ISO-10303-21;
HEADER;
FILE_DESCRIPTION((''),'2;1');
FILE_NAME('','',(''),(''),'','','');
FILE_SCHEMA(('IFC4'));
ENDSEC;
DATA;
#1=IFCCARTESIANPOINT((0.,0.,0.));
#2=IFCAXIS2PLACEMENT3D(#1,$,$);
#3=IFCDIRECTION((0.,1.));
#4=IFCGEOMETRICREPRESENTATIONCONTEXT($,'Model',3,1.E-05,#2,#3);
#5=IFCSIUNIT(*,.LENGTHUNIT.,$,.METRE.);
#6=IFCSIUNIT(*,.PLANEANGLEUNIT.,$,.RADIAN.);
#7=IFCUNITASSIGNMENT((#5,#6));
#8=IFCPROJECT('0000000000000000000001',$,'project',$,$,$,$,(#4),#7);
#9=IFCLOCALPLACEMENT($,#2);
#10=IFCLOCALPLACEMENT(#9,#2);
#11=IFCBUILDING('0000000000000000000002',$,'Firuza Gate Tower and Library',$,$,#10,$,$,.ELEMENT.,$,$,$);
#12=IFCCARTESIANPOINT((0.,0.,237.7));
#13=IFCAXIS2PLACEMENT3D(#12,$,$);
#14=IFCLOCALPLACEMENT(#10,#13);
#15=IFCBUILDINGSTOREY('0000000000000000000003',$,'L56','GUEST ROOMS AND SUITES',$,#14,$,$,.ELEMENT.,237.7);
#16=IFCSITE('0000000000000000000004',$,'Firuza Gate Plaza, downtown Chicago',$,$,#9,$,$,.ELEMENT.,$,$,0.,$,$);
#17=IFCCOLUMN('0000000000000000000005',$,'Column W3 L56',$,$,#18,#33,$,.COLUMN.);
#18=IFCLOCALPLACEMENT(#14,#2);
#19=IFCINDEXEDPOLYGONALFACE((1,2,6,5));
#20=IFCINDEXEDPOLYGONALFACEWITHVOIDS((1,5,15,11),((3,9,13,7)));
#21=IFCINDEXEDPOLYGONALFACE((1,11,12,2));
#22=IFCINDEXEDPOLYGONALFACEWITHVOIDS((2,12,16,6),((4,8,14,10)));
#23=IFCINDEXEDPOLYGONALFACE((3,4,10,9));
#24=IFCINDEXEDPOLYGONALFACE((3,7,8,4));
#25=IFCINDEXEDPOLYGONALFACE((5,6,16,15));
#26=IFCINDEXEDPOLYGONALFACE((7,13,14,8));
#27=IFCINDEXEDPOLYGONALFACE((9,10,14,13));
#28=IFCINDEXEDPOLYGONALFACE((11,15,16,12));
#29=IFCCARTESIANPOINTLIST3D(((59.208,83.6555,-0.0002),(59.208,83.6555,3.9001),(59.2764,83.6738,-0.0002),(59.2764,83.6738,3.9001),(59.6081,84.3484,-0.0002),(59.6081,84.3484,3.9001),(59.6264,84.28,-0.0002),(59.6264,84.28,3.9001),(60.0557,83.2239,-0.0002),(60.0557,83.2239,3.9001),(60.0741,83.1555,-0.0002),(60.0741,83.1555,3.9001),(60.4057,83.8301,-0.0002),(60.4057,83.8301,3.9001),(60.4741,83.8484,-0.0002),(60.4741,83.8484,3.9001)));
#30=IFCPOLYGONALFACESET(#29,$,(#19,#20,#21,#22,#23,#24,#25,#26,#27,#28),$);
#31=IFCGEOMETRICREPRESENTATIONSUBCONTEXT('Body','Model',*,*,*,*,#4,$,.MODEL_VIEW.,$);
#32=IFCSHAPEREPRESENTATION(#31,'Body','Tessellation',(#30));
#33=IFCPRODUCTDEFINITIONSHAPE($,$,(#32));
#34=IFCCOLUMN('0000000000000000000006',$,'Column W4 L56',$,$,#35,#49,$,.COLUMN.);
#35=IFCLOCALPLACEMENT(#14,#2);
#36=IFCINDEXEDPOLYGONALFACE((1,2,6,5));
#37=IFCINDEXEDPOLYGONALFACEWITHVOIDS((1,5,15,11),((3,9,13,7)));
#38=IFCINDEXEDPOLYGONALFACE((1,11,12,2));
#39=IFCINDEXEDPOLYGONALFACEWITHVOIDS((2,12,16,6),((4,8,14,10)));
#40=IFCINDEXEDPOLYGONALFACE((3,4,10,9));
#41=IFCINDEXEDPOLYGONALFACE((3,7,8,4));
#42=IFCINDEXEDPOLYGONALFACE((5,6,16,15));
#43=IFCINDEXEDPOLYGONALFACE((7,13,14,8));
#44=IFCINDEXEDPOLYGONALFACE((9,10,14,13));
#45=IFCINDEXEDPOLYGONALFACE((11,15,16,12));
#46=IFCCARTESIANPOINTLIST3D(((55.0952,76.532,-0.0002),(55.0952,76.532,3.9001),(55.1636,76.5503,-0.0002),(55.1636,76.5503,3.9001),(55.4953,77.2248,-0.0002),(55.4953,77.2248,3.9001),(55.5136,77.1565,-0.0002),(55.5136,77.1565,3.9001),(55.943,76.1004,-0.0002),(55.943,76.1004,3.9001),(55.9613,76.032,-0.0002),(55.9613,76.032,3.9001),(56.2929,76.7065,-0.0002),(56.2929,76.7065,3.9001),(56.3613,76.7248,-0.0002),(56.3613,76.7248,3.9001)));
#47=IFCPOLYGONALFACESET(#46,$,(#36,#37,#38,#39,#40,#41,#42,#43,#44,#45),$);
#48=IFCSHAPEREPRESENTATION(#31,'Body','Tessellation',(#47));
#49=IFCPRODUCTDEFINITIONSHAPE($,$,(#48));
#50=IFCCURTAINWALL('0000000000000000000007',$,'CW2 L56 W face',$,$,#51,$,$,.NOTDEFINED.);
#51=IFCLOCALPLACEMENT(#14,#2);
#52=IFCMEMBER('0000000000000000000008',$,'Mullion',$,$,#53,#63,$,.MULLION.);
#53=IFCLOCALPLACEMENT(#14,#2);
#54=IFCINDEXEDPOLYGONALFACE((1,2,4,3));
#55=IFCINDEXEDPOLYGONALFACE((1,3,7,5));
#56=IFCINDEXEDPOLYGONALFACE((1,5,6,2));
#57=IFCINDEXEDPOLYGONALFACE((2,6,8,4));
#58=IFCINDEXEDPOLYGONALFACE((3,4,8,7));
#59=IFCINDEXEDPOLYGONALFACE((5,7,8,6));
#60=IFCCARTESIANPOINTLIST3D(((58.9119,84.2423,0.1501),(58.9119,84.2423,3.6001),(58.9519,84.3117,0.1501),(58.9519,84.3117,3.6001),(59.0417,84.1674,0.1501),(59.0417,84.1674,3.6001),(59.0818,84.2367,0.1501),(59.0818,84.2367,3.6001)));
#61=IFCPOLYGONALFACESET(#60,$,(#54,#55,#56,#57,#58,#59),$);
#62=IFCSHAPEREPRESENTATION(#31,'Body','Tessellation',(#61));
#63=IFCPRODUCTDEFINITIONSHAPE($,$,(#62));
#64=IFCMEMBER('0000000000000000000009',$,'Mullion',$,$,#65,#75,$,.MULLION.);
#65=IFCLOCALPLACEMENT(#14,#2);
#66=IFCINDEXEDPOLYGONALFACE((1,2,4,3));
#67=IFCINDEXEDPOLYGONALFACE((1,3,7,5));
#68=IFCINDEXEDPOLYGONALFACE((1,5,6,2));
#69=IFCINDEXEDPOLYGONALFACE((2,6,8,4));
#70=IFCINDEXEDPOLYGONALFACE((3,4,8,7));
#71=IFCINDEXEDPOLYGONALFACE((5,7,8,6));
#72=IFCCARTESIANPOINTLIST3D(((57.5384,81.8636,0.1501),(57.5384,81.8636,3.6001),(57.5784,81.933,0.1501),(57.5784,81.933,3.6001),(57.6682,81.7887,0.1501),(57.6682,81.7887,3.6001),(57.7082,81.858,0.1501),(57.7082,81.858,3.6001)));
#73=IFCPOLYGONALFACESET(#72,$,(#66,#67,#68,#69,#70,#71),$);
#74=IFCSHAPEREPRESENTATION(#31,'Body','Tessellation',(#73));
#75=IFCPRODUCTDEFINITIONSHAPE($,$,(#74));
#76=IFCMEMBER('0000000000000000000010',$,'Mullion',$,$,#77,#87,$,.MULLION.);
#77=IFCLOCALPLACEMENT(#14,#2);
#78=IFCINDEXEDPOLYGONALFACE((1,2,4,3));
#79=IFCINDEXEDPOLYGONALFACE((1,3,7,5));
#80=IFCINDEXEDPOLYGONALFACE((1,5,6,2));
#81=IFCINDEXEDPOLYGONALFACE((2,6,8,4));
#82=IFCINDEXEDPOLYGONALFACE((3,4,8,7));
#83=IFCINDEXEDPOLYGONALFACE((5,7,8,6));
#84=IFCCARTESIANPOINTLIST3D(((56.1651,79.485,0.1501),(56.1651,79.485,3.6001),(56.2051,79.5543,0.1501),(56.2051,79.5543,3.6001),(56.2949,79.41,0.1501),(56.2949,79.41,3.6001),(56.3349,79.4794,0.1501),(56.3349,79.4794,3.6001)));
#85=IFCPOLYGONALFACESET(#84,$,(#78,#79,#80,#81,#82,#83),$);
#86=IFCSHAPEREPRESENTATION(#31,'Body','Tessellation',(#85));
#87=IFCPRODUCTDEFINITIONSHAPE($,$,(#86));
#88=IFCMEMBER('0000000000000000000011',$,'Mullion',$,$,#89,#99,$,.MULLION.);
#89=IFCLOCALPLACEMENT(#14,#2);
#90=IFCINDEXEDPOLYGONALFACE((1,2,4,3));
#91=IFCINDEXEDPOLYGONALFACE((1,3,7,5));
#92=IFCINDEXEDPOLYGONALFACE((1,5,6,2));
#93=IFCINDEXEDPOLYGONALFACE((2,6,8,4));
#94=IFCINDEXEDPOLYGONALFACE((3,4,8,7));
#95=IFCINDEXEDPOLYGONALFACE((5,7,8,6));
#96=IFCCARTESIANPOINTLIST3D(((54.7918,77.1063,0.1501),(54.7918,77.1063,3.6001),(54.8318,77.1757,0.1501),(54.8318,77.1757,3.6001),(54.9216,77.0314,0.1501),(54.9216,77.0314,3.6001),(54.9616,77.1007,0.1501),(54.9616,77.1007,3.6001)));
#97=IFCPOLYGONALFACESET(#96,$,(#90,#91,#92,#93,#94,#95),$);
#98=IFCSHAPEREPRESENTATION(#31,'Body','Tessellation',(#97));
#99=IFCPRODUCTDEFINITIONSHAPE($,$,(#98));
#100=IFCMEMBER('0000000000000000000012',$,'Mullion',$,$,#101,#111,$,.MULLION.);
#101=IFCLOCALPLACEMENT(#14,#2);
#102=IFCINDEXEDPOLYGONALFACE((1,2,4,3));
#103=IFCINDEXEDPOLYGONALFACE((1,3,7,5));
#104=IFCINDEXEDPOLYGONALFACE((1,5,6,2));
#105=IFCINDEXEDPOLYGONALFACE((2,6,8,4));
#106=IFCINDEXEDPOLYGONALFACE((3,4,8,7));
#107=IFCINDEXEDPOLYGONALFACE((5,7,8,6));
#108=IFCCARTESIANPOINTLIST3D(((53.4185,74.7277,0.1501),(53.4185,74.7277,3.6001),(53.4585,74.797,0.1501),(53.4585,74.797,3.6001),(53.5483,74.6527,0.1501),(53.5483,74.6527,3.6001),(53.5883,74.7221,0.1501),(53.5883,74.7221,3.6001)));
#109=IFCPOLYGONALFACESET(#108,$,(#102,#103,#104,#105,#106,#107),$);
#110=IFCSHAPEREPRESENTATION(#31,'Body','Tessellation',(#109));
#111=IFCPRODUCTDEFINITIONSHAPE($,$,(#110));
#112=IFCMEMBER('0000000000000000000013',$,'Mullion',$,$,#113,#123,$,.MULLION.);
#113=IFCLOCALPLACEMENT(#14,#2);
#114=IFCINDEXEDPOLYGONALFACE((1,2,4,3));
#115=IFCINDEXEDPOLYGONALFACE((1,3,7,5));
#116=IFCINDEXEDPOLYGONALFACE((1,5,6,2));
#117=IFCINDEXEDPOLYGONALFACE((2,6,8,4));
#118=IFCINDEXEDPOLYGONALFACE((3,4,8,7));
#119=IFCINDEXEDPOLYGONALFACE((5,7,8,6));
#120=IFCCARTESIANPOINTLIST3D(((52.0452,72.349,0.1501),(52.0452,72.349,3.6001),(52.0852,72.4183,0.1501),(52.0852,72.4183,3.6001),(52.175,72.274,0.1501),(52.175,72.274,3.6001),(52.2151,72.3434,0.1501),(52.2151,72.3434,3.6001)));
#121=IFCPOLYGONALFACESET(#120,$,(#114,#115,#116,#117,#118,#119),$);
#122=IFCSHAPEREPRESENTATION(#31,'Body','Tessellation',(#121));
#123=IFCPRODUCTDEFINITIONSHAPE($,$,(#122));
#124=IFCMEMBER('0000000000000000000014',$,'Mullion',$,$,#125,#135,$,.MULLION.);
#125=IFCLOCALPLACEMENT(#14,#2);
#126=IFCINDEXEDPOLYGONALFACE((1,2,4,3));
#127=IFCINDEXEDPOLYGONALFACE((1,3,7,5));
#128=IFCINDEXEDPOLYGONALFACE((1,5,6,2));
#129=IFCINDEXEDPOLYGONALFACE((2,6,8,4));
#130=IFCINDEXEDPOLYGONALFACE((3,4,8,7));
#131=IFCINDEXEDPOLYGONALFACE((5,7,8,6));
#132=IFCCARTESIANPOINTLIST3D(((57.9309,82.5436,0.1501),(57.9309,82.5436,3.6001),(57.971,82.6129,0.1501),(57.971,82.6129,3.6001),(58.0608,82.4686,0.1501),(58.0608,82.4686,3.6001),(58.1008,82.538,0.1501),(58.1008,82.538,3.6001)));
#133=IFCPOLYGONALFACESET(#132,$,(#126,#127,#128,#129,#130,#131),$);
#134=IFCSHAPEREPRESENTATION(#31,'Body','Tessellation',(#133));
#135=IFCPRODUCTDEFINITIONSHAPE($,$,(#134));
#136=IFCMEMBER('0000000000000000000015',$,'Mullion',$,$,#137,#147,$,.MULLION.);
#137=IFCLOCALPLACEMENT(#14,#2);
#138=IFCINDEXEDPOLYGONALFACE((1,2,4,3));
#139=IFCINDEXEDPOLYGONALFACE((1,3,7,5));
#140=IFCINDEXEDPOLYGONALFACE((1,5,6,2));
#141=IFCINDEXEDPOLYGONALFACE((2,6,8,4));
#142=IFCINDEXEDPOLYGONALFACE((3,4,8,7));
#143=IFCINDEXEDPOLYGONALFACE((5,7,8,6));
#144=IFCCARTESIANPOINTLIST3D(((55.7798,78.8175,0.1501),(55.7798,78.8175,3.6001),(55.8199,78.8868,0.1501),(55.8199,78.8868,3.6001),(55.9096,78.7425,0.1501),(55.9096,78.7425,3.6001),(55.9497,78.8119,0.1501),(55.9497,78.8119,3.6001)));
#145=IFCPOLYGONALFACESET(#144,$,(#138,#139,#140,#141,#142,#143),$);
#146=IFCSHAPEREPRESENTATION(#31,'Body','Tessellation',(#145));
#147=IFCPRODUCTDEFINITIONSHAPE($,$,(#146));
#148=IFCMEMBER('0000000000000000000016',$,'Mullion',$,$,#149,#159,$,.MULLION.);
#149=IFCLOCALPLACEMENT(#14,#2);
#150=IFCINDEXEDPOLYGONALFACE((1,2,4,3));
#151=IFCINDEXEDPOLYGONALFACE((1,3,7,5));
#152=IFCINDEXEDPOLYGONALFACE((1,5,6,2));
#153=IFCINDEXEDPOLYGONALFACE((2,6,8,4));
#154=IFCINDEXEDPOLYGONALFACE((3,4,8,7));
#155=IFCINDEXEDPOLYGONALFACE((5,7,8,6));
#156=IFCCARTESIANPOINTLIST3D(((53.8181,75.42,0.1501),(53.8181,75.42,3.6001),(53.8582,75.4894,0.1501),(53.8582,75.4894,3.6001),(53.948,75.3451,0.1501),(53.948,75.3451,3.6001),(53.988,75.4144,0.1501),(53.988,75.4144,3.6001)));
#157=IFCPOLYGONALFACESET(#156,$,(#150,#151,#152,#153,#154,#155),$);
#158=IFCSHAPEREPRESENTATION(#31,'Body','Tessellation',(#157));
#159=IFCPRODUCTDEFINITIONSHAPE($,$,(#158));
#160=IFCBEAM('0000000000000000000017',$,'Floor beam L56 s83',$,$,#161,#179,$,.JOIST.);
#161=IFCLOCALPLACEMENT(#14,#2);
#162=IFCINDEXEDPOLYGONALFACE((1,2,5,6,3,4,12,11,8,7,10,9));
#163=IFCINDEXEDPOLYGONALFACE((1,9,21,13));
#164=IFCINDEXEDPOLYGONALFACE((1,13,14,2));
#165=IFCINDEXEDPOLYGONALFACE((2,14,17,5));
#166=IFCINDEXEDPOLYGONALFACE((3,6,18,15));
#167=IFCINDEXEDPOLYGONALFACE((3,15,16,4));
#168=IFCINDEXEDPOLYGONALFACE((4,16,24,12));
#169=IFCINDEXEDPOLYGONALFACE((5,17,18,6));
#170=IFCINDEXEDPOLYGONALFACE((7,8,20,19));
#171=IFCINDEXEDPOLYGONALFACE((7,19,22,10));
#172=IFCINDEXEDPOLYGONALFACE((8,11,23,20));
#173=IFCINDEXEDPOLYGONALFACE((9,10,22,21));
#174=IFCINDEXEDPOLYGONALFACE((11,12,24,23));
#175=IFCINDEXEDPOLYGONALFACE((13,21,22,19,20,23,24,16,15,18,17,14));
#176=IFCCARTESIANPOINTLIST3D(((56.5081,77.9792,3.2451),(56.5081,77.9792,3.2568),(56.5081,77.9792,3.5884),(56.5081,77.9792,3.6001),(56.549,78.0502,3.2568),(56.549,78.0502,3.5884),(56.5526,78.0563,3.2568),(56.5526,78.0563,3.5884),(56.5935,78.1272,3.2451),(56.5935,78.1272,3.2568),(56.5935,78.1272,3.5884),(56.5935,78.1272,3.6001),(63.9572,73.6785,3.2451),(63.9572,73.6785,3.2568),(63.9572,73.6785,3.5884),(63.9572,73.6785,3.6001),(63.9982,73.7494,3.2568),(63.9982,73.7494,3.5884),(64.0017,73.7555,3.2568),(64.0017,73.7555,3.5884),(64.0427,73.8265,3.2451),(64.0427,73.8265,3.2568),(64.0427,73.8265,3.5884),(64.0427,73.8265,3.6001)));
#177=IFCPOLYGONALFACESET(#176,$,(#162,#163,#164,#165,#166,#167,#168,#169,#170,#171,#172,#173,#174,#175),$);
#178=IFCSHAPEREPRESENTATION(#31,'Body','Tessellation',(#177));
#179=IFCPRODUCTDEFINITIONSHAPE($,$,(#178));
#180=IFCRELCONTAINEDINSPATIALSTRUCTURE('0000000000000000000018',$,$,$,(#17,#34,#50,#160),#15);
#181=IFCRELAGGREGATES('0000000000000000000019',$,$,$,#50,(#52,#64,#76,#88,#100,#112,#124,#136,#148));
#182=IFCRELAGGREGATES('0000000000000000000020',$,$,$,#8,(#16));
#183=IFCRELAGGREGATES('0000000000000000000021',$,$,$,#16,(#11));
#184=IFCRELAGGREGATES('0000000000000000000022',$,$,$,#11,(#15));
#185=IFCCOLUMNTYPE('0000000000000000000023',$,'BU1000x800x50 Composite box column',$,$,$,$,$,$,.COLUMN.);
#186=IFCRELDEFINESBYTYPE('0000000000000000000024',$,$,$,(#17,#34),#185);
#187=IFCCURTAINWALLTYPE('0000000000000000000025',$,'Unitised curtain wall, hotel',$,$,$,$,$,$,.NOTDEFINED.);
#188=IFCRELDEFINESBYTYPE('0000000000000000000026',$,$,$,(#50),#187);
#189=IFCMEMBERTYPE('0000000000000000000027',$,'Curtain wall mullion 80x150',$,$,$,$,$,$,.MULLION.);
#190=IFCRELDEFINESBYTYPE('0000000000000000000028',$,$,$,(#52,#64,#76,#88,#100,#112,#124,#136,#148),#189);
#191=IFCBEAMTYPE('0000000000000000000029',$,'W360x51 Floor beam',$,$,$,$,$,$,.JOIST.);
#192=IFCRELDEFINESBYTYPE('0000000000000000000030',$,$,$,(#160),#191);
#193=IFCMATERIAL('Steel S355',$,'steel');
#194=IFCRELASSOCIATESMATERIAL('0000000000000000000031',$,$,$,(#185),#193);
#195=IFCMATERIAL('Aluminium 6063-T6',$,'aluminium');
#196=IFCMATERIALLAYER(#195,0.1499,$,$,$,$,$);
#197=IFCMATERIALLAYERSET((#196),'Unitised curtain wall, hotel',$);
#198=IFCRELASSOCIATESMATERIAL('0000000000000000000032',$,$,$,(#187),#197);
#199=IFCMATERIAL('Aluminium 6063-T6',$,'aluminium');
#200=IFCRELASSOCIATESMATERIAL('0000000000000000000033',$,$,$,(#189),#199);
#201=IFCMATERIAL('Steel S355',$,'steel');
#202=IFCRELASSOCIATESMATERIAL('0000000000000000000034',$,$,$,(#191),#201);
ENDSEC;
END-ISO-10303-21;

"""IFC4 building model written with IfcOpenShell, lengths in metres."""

from ifc_helpers import new_model, si_unit, direction, frame, origin, origin_2d, place, context, subcontext, project, spatial, rectangle, hollow_rectangle, i_section, extrude, material, layer, layer_set, material_profile, profile_set, type_object, element, aggregate, save


model = new_model("IFC4")

# Units and contexts
model_context = context("Model", 3, precision=1e-05, world=origin(), true_north=direction((0.0, 1.0)))
body_context = subcontext(model_context, "Body", "Model", "MODEL_VIEW")
ifc_project = project(units=[si_unit("LENGTHUNIT", "METRE"), si_unit("PLANEANGLEUNIT", "RADIAN")], contexts=[model_context])

# Site, building, storey
site_placement = place(None, origin())
site = spatial("IfcSite", under=ifc_project, at=site_placement, Name="Firuza Gate Plaza, downtown Chicago", CompositionType="ELEMENT", RefElevation=0.0)
building_placement = place(site_placement, origin())
building = spatial("IfcBuilding", under=site, at=building_placement, Name="Firuza Gate Tower and Library", CompositionType="ELEMENT")
storey_placement = place(building_placement, frame((0.0, 0.0, 237.7)))
storey = spatial("IfcBuildingStorey", under=building, at=storey_placement, Name="L56", Description="GUEST ROOMS AND SUITES", CompositionType="ELEMENT", Elevation=237.7)

# Columns
ifc_material_1 = material(Name="Steel S355", Category="steel")
ifc_material_profile_1 = material_profile(ifc_material_1, hollow_rectangle(XDim=0.8, YDim=1.0, WallThickness=0.05, at=origin_2d()))
ifc_profile_set_1 = profile_set([ifc_material_profile_1], Name="Steel S355")
column_type = type_object("IfcColumnType", Name="BU1000x800x50 Composite box column", PredefinedType="COLUMN", material=ifc_profile_set_1)
for number, where, z_axis, x_axis, name in (
    (1, (59.8411, 83.752, -0.0002), (0.0, 0.0, 1.0), (-0.5, -0.866025, 0.0), "Column W3 L56"),
    (2, (55.7283, 76.6284, -0.0002), (0.0, 0.0, 1.0), (-0.5, -0.866025, 0.0), "Column W4 L56"),
):
    element("IfcColumn", number, at=place(storey_placement, frame(where, z_axis=z_axis, x_axis=x_axis)), inside=storey, type_object=column_type, Name=name, PredefinedType="COLUMN", context=body_context, shape_type="SweptSolid", body=[
        extrude(hollow_rectangle(XDim=0.8, YDim=1.0, WallThickness=0.05, at=origin_2d()), origin(), (0.0, 0.0, 1.0), 3.9004),
    ])

# Curtain wall, members
ifc_material_2 = material(Name="Aluminium 6063-T6", Category="aluminium")
ifc_layer_1 = layer(ifc_material_2, 0.1499)
ifc_layer_set_1 = layer_set([ifc_layer_1], Name="Unitised curtain wall, hotel")
curtain_wall_type = type_object("IfcCurtainWallType", Name="Unitised curtain wall, hotel", PredefinedType="NOTDEFINED", material=ifc_layer_set_1)
curtain_wall_placement = place(storey_placement, origin())
curtain_wall = element("IfcCurtainWall", 3, at=curtain_wall_placement, inside=storey, type_object=curtain_wall_type, Name="CW2 L56 W face", PredefinedType="NOTDEFINED")
ifc_material_3 = material(Name="Aluminium 6063-T6", Category="aluminium")
ifc_material_profile_2 = material_profile(ifc_material_3, rectangle(XDim=0.1499, YDim=0.0801, at=origin_2d()))
ifc_profile_set_2 = profile_set([ifc_material_profile_2], Name="Aluminium 6063-T6")
member_type = type_object("IfcMemberType", Name="Curtain wall mullion 80x150", PredefinedType="MULLION", material=ifc_profile_set_2)
member_1_placement = place(storey_placement, frame((58.9968, 84.2395, 0.1501), z_axis=(0.0, 0.0, 1.0), x_axis=(0.866025, -0.5, 0.0)))
member_1 = element("IfcMember", 4, at=member_1_placement, type_object=member_type, Name="Mullion", PredefinedType="MULLION", context=body_context, shape_type="SweptSolid", body=[
    extrude(rectangle(XDim=0.1499, YDim=0.0801, at=origin_2d()), origin(), (0.0, 0.0, 1.0), 3.45),
])
member_2_placement = place(storey_placement, frame((57.6233, 81.8608, 0.1501), z_axis=(0.0, 0.0, 1.0), x_axis=(0.866025, -0.5, 0.0)))
member_2 = element("IfcMember", 5, at=member_2_placement, type_object=member_type, Name="Mullion", PredefinedType="MULLION", context=body_context, shape_type="SweptSolid", body=[
    extrude(rectangle(XDim=0.1499, YDim=0.0801, at=origin_2d()), origin(), (0.0, 0.0, 1.0), 3.45),
])
member_3_placement = place(storey_placement, frame((56.25, 79.4822, 0.1501), z_axis=(0.0, 0.0, 1.0), x_axis=(0.866025, -0.5, 0.0)))
member_3 = element("IfcMember", 6, at=member_3_placement, type_object=member_type, Name="Mullion", PredefinedType="MULLION", context=body_context, shape_type="SweptSolid", body=[
    extrude(rectangle(XDim=0.1499, YDim=0.0801, at=origin_2d()), origin(), (0.0, 0.0, 1.0), 3.45),
])
member_4_placement = place(storey_placement, frame((54.8767, 77.1035, 0.1501), z_axis=(0.0, 0.0, 1.0), x_axis=(0.866025, -0.5, 0.0)))
member_4 = element("IfcMember", 7, at=member_4_placement, type_object=member_type, Name="Mullion", PredefinedType="MULLION", context=body_context, shape_type="SweptSolid", body=[
    extrude(rectangle(XDim=0.1499, YDim=0.0801, at=origin_2d()), origin(), (0.0, 0.0, 1.0), 3.45),
])
member_5_placement = place(storey_placement, frame((53.5034, 74.7249, 0.1501), z_axis=(0.0, 0.0, 1.0), x_axis=(0.866025, -0.5, 0.0)))
member_5 = element("IfcMember", 8, at=member_5_placement, type_object=member_type, Name="Mullion", PredefinedType="MULLION", context=body_context, shape_type="SweptSolid", body=[
    extrude(rectangle(XDim=0.1499, YDim=0.0801, at=origin_2d()), origin(), (0.0, 0.0, 1.0), 3.45),
])
member_6_placement = place(storey_placement, frame((52.1301, 72.3462, 0.1501), z_axis=(0.0, 0.0, 1.0), x_axis=(0.866025, -0.5, 0.0)))
member_6 = element("IfcMember", 9, at=member_6_placement, type_object=member_type, Name="Mullion", PredefinedType="MULLION", context=body_context, shape_type="SweptSolid", body=[
    extrude(rectangle(XDim=0.1499, YDim=0.0801, at=origin_2d()), origin(), (0.0, 0.0, 1.0), 3.45),
])
member_7_placement = place(storey_placement, frame((58.0159, 82.5408, 0.1501), z_axis=(0.0, 0.0, 1.0), x_axis=(0.866025, -0.5, 0.0)))
member_7 = element("IfcMember", 10, at=member_7_placement, type_object=member_type, Name="Mullion", PredefinedType="MULLION", context=body_context, shape_type="SweptSolid", body=[
    extrude(rectangle(XDim=0.1499, YDim=0.0801, at=origin_2d()), origin(), (0.0, 0.0, 1.0), 3.45),
])
member_8_placement = place(storey_placement, frame((55.8647, 78.8147, 0.1501), z_axis=(0.0, 0.0, 1.0), x_axis=(0.866025, -0.5, 0.0)))
member_8 = element("IfcMember", 11, at=member_8_placement, type_object=member_type, Name="Mullion", PredefinedType="MULLION", context=body_context, shape_type="SweptSolid", body=[
    extrude(rectangle(XDim=0.1499, YDim=0.0801, at=origin_2d()), origin(), (0.0, 0.0, 1.0), 3.45),
])
member_9_placement = place(storey_placement, frame((53.9031, 75.4172, 0.1501), z_axis=(0.0, 0.0, 1.0), x_axis=(0.866025, -0.5, 0.0)))
member_9 = element("IfcMember", 12, at=member_9_placement, type_object=member_type, Name="Mullion", PredefinedType="MULLION", context=body_context, shape_type="SweptSolid", body=[
    extrude(rectangle(XDim=0.1499, YDim=0.0801, at=origin_2d()), origin(), (0.0, 0.0, 1.0), 3.45),
])

# Beam
ifc_material_4 = material(Name="Steel S355", Category="steel")
ifc_material_profile_3 = material_profile(ifc_material_4, i_section(OverallWidth=0.1709, OverallDepth=0.355, WebThickness=0.0071, FlangeThickness=0.0117, at=origin_2d()))
ifc_profile_set_3 = profile_set([ifc_material_profile_3], Name="Steel S355")
beam_type_1 = type_object("IfcBeamType", Name="W360x51 Floor beam", PredefinedType="JOIST", material=ifc_profile_set_3)
beam_1_placement = place(storey_placement, frame((56.5508, 78.0532, 3.4226), z_axis=(0.866027, -0.499998, 0.0), x_axis=(0.499998, 0.866027, 0.0)))
element("IfcBeam", 13, at=beam_1_placement, inside=storey, type_object=beam_type_1, Name="Floor beam L56 s83", PredefinedType="JOIST", context=body_context, shape_type="SweptSolid", body=[
    extrude(i_section(OverallWidth=0.1709, OverallDepth=0.355, WebThickness=0.0071, FlangeThickness=0.0117, at=origin_2d()), origin(), (0.0, 0.0, 1.0), 8.6016),
])

aggregate(curtain_wall, [member_1, member_2, member_3, member_4, member_5, member_6, member_7, member_8, member_9])

save(model, "model.ifc")
